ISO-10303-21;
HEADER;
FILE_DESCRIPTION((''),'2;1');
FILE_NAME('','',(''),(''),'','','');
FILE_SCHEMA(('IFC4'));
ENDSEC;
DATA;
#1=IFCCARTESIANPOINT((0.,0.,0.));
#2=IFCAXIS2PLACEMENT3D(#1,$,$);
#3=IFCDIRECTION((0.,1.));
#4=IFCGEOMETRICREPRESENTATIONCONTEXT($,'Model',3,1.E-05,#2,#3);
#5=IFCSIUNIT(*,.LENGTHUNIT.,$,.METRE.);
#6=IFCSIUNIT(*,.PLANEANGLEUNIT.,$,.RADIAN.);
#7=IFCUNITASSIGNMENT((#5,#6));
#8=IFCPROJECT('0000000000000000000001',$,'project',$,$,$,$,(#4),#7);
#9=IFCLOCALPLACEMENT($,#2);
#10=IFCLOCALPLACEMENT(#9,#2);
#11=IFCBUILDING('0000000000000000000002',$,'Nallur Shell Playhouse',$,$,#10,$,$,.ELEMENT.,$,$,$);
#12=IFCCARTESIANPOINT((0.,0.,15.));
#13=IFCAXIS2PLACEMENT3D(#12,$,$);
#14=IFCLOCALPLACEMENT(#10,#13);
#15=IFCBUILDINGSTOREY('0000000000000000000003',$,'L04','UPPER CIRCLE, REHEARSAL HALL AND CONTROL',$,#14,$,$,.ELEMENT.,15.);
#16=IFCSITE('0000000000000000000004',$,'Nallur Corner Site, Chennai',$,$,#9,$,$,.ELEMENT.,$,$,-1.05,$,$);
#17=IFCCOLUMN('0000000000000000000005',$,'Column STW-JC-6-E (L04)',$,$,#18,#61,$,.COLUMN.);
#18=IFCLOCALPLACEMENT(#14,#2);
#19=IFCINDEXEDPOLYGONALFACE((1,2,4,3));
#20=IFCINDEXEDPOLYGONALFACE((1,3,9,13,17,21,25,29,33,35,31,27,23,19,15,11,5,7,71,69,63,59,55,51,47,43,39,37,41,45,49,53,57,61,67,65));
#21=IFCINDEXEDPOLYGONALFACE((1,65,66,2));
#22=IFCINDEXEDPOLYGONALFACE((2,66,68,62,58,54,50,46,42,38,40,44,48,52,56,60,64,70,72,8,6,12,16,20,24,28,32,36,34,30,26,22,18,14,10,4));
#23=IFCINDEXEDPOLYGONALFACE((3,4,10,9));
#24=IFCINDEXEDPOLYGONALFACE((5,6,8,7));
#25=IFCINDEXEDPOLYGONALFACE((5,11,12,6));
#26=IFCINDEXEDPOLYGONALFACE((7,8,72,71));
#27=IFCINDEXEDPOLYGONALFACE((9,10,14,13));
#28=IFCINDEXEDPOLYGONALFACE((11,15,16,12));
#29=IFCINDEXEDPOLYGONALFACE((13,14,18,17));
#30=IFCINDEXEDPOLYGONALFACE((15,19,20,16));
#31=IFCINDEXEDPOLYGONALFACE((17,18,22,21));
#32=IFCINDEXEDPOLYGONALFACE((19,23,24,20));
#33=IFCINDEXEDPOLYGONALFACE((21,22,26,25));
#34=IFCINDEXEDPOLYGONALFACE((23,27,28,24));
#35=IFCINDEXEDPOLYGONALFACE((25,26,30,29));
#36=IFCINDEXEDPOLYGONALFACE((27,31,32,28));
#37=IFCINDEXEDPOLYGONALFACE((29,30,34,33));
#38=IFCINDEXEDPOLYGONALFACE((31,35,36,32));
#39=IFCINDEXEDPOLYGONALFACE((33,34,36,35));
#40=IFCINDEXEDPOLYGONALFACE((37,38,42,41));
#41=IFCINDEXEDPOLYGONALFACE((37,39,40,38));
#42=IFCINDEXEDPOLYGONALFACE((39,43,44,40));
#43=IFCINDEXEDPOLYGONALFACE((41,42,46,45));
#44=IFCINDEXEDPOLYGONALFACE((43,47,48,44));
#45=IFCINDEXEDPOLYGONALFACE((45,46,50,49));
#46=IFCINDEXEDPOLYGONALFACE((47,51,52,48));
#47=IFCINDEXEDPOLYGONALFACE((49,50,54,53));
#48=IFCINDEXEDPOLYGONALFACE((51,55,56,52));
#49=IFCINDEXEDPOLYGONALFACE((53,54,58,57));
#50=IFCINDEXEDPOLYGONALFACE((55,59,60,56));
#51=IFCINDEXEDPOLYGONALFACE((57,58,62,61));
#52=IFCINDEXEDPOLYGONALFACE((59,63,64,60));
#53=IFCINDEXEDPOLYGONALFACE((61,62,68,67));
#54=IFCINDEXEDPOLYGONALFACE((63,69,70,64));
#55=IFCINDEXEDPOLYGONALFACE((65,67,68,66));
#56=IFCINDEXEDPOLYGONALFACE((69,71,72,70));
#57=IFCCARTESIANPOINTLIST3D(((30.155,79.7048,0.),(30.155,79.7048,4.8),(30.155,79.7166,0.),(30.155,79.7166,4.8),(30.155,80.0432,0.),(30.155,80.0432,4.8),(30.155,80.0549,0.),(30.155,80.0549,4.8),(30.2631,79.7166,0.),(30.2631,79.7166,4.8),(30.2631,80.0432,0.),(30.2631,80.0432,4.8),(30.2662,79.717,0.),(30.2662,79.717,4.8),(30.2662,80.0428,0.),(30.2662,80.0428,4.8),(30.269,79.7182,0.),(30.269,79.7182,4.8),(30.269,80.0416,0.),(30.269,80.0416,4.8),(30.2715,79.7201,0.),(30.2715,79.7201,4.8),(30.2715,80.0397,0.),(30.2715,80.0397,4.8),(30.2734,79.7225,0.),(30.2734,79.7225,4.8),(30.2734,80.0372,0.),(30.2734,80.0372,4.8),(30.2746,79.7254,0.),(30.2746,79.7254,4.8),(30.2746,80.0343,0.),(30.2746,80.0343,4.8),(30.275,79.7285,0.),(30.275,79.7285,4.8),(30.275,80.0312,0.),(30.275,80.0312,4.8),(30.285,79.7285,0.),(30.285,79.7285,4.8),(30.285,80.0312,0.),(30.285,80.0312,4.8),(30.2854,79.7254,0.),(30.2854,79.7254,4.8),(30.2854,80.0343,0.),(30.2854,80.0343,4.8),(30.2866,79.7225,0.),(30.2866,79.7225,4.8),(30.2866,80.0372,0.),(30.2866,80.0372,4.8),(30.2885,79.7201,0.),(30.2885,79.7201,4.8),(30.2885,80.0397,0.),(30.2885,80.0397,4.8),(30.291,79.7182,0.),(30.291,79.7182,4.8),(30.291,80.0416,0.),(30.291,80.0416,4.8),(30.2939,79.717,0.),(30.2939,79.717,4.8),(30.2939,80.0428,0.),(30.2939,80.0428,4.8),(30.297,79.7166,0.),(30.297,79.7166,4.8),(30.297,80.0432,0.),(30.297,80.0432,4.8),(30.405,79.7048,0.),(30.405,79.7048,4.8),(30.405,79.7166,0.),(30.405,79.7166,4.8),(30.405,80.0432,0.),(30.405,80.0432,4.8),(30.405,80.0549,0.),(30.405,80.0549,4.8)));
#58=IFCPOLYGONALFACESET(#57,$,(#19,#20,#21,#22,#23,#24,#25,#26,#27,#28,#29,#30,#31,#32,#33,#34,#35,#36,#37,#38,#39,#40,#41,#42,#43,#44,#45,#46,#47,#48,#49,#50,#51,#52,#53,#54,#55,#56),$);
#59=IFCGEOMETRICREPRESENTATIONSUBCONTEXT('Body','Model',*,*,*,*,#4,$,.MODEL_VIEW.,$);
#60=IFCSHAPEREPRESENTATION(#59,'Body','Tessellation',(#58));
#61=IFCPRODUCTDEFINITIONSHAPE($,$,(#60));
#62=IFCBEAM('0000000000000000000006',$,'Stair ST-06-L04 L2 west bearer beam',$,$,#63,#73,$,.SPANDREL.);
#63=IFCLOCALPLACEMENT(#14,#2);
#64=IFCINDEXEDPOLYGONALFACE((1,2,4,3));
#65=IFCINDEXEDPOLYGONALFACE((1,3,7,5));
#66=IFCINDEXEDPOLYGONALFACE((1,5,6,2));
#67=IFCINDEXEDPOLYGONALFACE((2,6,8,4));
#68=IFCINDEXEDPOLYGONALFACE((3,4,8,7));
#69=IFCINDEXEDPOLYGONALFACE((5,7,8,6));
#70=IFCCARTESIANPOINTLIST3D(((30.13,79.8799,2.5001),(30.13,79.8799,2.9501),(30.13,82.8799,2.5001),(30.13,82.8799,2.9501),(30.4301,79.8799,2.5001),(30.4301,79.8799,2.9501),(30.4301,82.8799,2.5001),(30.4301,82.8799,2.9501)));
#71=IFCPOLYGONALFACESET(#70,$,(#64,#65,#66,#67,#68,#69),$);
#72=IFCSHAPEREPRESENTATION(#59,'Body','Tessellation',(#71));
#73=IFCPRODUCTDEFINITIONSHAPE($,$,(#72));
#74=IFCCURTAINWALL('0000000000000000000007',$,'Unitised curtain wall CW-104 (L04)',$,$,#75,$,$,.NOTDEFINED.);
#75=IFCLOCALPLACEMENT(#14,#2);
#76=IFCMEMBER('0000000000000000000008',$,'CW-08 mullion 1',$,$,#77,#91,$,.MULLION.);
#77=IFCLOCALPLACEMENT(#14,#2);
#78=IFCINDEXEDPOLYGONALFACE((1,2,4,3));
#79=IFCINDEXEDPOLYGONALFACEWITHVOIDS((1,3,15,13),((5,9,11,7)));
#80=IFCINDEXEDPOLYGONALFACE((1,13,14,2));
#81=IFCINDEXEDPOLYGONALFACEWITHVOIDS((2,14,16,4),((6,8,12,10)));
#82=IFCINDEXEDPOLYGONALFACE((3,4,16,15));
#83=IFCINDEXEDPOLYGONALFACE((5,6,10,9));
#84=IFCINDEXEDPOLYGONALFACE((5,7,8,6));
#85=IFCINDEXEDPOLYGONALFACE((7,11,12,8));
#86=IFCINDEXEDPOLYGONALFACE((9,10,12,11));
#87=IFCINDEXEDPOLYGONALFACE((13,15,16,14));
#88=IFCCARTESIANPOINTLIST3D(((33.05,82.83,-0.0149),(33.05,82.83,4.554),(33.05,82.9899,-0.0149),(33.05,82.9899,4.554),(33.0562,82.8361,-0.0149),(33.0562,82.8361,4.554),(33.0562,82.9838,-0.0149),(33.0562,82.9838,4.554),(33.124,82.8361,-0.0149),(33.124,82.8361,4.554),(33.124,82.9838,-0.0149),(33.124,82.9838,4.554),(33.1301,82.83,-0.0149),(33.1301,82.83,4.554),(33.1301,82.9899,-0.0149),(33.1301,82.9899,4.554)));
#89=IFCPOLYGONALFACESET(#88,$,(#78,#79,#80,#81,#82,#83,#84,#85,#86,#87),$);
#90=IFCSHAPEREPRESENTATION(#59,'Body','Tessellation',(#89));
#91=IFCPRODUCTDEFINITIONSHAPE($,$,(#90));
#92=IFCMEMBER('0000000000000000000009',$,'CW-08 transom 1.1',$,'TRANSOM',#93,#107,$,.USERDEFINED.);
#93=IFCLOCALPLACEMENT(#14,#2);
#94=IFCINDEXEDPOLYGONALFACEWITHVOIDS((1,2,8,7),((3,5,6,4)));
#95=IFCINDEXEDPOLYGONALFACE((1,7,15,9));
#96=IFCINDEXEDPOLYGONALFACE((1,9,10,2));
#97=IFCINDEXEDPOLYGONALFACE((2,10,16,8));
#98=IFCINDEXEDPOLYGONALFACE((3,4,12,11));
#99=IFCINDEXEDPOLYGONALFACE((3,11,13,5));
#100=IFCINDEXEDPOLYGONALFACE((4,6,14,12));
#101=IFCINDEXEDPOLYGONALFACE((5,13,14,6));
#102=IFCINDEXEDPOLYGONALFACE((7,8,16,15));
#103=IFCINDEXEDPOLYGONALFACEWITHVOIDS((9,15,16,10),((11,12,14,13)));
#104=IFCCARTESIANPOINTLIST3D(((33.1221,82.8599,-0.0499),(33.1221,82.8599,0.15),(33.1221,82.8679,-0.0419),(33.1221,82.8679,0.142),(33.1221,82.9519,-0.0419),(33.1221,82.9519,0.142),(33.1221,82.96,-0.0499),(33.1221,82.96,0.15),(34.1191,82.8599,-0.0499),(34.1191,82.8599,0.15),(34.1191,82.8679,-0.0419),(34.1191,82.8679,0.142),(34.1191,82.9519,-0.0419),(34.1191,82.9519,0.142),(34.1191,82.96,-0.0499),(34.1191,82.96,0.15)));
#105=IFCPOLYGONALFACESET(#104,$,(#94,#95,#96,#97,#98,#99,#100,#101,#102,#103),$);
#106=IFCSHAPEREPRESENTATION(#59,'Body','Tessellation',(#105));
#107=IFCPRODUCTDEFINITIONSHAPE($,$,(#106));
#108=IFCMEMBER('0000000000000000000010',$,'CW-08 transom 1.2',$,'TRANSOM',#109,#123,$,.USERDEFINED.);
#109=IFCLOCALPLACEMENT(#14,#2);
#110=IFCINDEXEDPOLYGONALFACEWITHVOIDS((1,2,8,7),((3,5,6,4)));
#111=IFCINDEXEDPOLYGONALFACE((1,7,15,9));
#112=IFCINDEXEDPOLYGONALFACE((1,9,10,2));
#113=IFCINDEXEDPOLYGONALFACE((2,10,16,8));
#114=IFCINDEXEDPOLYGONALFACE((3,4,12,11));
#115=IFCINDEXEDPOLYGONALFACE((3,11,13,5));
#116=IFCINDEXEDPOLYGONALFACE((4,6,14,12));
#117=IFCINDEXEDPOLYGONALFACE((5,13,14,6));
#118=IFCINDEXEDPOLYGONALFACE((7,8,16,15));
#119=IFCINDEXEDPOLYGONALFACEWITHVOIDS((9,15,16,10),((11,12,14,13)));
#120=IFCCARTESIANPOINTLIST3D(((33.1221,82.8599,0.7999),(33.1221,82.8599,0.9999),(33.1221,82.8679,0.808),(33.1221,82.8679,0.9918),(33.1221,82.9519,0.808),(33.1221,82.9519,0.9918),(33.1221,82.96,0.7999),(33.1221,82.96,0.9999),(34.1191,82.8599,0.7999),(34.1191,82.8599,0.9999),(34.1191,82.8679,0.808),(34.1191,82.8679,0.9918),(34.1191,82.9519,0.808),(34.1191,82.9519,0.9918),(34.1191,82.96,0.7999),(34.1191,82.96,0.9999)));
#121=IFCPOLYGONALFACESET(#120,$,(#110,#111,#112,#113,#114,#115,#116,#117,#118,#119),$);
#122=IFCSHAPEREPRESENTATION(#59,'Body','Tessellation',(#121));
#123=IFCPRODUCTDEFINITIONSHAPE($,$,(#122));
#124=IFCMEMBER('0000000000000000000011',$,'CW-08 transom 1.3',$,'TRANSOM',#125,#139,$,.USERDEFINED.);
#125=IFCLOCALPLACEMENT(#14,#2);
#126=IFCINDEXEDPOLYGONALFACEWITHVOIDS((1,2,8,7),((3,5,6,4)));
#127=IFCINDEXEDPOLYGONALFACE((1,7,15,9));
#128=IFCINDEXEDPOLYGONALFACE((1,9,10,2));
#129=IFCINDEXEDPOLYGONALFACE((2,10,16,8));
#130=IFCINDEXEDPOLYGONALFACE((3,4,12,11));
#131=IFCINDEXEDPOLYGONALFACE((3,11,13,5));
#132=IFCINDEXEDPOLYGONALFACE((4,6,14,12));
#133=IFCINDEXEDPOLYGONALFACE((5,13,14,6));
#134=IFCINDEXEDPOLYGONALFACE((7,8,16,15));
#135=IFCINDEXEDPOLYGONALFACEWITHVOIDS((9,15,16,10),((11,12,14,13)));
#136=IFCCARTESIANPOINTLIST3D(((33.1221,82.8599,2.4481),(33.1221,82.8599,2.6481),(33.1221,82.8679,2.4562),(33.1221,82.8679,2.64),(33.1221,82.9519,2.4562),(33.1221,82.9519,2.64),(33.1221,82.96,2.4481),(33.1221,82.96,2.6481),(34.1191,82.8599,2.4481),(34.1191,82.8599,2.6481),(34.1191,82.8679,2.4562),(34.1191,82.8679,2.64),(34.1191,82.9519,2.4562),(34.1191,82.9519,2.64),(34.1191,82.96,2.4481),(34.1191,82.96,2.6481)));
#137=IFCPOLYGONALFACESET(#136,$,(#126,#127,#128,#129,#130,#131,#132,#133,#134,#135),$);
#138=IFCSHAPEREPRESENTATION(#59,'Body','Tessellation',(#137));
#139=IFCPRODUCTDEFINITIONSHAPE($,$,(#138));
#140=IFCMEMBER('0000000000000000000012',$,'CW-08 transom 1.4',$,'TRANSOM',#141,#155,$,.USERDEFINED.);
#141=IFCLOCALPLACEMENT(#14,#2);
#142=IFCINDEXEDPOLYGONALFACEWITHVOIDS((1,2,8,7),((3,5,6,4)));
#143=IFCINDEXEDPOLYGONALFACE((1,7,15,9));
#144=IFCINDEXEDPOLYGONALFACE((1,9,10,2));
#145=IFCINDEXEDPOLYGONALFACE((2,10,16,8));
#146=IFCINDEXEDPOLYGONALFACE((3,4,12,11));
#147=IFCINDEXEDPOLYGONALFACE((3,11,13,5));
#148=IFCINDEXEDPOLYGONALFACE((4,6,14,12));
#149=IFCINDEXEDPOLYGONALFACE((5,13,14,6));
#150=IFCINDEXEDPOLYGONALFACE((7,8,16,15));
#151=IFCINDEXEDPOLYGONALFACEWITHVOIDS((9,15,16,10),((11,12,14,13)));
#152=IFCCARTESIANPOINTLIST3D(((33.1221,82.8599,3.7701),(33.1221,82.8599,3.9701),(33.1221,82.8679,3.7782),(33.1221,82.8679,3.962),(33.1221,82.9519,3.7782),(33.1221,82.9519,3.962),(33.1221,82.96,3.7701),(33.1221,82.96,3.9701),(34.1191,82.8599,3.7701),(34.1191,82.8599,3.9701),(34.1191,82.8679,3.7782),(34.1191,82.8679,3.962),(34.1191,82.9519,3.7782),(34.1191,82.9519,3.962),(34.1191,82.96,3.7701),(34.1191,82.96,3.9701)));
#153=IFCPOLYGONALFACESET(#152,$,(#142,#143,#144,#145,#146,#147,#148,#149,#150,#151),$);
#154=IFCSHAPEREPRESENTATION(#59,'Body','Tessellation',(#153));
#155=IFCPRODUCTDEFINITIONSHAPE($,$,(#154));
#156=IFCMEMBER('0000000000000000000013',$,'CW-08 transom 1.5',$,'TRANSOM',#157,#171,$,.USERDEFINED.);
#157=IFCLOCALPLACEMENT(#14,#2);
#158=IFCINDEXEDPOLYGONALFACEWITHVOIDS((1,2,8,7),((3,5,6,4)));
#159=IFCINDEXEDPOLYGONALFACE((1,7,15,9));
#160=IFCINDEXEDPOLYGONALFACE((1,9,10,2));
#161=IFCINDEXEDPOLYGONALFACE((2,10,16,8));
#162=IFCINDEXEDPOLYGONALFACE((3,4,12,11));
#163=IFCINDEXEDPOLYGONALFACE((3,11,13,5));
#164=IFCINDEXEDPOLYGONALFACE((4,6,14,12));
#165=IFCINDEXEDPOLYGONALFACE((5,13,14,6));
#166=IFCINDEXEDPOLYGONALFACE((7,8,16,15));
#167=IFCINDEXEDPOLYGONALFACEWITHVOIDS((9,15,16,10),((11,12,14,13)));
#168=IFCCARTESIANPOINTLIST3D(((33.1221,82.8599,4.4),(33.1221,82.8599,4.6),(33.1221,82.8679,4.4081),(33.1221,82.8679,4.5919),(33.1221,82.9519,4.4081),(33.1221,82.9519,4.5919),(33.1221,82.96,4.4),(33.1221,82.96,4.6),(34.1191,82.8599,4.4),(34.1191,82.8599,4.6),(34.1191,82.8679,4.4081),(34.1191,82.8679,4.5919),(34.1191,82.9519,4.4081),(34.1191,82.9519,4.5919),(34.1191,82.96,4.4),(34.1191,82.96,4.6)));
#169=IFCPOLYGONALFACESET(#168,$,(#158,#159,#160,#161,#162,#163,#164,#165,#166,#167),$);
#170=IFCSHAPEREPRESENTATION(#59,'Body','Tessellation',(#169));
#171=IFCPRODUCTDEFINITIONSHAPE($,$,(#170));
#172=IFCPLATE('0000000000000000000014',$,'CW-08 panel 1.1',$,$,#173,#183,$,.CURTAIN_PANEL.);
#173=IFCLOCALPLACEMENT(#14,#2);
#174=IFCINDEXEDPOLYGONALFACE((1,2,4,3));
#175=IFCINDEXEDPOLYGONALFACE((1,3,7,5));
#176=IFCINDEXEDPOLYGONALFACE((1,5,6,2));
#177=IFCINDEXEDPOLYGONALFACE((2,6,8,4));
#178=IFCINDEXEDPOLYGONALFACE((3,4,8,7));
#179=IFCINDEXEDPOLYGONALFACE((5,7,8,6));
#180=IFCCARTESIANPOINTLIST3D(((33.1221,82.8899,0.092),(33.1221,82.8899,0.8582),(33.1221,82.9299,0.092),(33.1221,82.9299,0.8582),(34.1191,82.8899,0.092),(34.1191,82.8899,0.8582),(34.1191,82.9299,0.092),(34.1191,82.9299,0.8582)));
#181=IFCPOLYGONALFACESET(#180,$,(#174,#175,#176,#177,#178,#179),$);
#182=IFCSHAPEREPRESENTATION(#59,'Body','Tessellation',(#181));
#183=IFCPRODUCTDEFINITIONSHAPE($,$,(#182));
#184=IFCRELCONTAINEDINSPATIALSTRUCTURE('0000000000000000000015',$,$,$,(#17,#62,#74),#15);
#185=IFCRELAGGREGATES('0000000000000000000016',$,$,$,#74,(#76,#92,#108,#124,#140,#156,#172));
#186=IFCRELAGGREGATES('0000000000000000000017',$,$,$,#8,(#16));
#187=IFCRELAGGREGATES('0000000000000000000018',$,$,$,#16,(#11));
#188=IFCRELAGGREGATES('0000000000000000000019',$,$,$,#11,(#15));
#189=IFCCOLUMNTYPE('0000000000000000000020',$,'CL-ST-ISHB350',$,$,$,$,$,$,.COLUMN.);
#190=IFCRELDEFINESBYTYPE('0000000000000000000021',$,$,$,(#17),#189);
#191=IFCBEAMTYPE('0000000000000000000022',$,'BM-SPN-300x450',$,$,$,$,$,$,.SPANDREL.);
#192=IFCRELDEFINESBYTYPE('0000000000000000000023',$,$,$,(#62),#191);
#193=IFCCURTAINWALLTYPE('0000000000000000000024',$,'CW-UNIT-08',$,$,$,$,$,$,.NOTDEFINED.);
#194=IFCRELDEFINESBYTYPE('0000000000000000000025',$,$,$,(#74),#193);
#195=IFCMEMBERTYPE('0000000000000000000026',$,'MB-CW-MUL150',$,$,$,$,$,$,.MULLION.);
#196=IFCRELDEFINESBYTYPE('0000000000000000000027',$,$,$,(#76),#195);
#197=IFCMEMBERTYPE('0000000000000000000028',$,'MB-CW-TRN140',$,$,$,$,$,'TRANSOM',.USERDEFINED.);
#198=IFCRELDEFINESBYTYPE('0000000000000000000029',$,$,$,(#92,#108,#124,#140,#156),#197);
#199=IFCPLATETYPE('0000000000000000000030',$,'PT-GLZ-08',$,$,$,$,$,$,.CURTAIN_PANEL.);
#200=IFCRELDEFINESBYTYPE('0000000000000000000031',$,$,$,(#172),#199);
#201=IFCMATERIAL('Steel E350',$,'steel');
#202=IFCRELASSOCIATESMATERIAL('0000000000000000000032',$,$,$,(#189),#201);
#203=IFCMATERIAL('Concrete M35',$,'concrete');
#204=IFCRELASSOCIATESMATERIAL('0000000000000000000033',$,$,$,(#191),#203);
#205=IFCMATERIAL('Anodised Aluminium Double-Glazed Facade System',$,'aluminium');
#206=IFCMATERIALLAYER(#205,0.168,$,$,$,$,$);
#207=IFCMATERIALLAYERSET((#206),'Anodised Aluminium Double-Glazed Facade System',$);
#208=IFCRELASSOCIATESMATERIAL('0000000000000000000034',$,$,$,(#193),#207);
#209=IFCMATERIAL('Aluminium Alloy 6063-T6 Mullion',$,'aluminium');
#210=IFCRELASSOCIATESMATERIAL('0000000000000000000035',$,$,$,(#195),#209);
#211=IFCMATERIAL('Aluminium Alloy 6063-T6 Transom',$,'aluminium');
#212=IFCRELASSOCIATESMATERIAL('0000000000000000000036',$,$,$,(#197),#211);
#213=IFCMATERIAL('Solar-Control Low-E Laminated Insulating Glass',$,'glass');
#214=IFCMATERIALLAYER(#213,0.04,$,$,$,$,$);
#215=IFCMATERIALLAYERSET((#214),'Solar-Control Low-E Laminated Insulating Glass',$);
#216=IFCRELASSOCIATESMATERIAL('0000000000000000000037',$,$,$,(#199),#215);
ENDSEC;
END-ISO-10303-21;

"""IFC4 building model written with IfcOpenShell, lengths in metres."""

from ifc_helpers import new_model, si_unit, direction, frame, origin, origin_2d, place, context, subcontext, project, spatial, rectangle, hollow_rectangle, i_section, extrude, material, layer, layer_set, material_profile, profile_set, type_object, element, aggregate, save


model = new_model("IFC4")

# Units and contexts
model_context = context("Model", 3, precision=1e-05, world=origin(), true_north=direction((0.0, 1.0)))
body_context = subcontext(model_context, "Body", "Model", "MODEL_VIEW")
ifc_project = project(units=[si_unit("LENGTHUNIT", "METRE"), si_unit("PLANEANGLEUNIT", "RADIAN")], contexts=[model_context])

# Site, building, storey
site_placement = place(None, origin())
site = spatial("IfcSite", under=ifc_project, at=site_placement, Name="Nallur Corner Site, Chennai", CompositionType="ELEMENT", RefElevation=-1.05)
building_placement = place(site_placement, origin())
building = spatial("IfcBuilding", under=site, at=building_placement, Name="Nallur Shell Playhouse", CompositionType="ELEMENT")
storey_placement = place(building_placement, frame((0.0, 0.0, 15.0)))
storey = spatial("IfcBuildingStorey", under=building, at=storey_placement, Name="L04", Description="UPPER CIRCLE, REHEARSAL HALL AND CONTROL", CompositionType="ELEMENT", Elevation=15.0)

# Column
ifc_material_1 = material(Name="Steel E350", Category="steel")
ifc_material_profile_1 = material_profile(ifc_material_1, i_section(OverallWidth=0.25, OverallDepth=0.3501, WebThickness=0.01, FlangeThickness=0.0117, FilletRadius=0.012, at=origin_2d()), Name="ISHB 350")
ifc_profile_set_1 = profile_set([ifc_material_profile_1], Name="Steel E350")
column_type = type_object("IfcColumnType", Name="CL-ST-ISHB350", PredefinedType="COLUMN", material=ifc_profile_set_1)
column_placement = place(storey_placement, frame((30.28, 79.8799, 0.0), z_axis=(0.0, 0.0, 1.0), x_axis=(1.0, 0.0, 0.0)))
element("IfcColumn", 1, at=column_placement, inside=storey, type_object=column_type, Name="Column STW-JC-6-E (L04)", PredefinedType="COLUMN", context=body_context, shape_type="SweptSolid", body=[
    extrude(i_section(OverallWidth=0.25, OverallDepth=0.3501, WebThickness=0.01, FlangeThickness=0.0117, FilletRadius=0.012, at=origin_2d()), origin(), (0.0, 0.0, 1.0), 4.8),
])

# Beam
ifc_material_2 = material(Name="Concrete M35", Category="concrete")
ifc_material_profile_2 = material_profile(ifc_material_2, rectangle(XDim=0.3, YDim=0.45, at=origin_2d()), Name="RC 300x450")
ifc_profile_set_2 = profile_set([ifc_material_profile_2], Name="Concrete M35")
beam_type = type_object("IfcBeamType", Name="BM-SPN-300x450", PredefinedType="SPANDREL", material=ifc_profile_set_2)
beam_placement = place(storey_placement, frame((30.28, 79.8799, 2.7251), z_axis=(0.0, 1.0, 0.0), x_axis=(-1.0, 0.0, 0.0)))
element("IfcBeam", 2, at=beam_placement, inside=storey, type_object=beam_type, Name="Stair ST-06-L04 L2 west bearer beam", PredefinedType="SPANDREL", context=body_context, shape_type="SweptSolid", body=[
    extrude(rectangle(XDim=0.3, YDim=0.45, at=origin_2d()), origin(), (0.0, 0.0, 1.0), 3.0),
])

# Curtain wall, members, plate
ifc_material_3 = material(Name="Anodised Aluminium Double-Glazed Facade System", Category="aluminium")
ifc_layer_1 = layer(ifc_material_3, 0.168)
ifc_layer_set_1 = layer_set([ifc_layer_1], Name="Anodised Aluminium Double-Glazed Facade System")
curtain_wall_type = type_object("IfcCurtainWallType", Name="CW-UNIT-08", PredefinedType="NOTDEFINED", material=ifc_layer_set_1)
curtain_wall_placement = place(storey_placement, origin())
curtain_wall = element("IfcCurtainWall", 3, at=curtain_wall_placement, inside=storey, type_object=curtain_wall_type, Name="Unitised curtain wall CW-104 (L04)", PredefinedType="NOTDEFINED")
ifc_material_4 = material(Name="Aluminium Alloy 6063-T6 Mullion", Category="aluminium")
ifc_material_profile_3 = material_profile(ifc_material_4, hollow_rectangle(XDim=0.0801, YDim=0.1599, WallThickness=0.0061, at=origin_2d()), Name="RHS 160x80x6")
ifc_profile_set_3 = profile_set([ifc_material_profile_3], Name="Aluminium Alloy 6063-T6 Mullion")
member_type_1 = type_object("IfcMemberType", Name="MB-CW-MUL150", PredefinedType="MULLION", material=ifc_profile_set_3)
member_1_placement = place(storey_placement, frame((33.0901, 82.9099, -0.0149), z_axis=(0.0, 0.0, 1.0), x_axis=(1.0, 0.0, 0.0)))
member_1 = element("IfcMember", 4, at=member_1_placement, type_object=member_type_1, Name="CW-08 mullion 1", PredefinedType="MULLION", context=body_context, shape_type="SweptSolid", body=[
    extrude(hollow_rectangle(XDim=0.0801, YDim=0.1599, WallThickness=0.0061, at=origin_2d()), origin(), (0.0, 0.0, 1.0), 4.5688),
])
ifc_material_5 = material(Name="Aluminium Alloy 6063-T6 Transom", Category="aluminium")
ifc_material_profile_4 = material_profile(ifc_material_5, hollow_rectangle(XDim=0.1001, YDim=0.2, WallThickness=0.0081, at=origin_2d()), Name="RHS 200x100x8")
ifc_profile_set_4 = profile_set([ifc_material_profile_4], Name="Aluminium Alloy 6063-T6 Transom")
member_type_2 = type_object("IfcMemberType", Name="MB-CW-TRN140", ElementType="TRANSOM", PredefinedType="USERDEFINED", material=ifc_profile_set_4)
member_2_placement = place(storey_placement, frame((33.1221, 82.9099, 0.05), z_axis=(1.0, 0.0, 0.0), x_axis=(0.0, 1.0, 0.0)))
member_2 = element("IfcMember", 5, at=member_2_placement, type_object=member_type_2, Name="CW-08 transom 1.1", ObjectType="TRANSOM", PredefinedType="USERDEFINED", context=body_context, shape_type="SweptSolid", body=[
    extrude(hollow_rectangle(XDim=0.1001, YDim=0.2, WallThickness=0.0081, at=origin_2d()), origin(), (0.0, 0.0, 1.0), 0.9971),
])
member_3_placement = place(storey_placement, frame((33.1221, 82.9099, 0.8999), z_axis=(1.0, 0.0, 0.0), x_axis=(0.0, 1.0, 0.0)))
member_3 = element("IfcMember", 6, at=member_3_placement, type_object=member_type_2, Name="CW-08 transom 1.2", ObjectType="TRANSOM", PredefinedType="USERDEFINED", context=body_context, shape_type="SweptSolid", body=[
    extrude(hollow_rectangle(XDim=0.1001, YDim=0.2, WallThickness=0.0081, at=origin_2d()), origin(), (0.0, 0.0, 1.0), 0.9971),
])
member_4_placement = place(storey_placement, frame((33.1221, 82.9099, 2.5481), z_axis=(1.0, 0.0, 0.0), x_axis=(0.0, 1.0, 0.0)))
member_4 = element("IfcMember", 7, at=member_4_placement, type_object=member_type_2, Name="CW-08 transom 1.3", ObjectType="TRANSOM", PredefinedType="USERDEFINED", context=body_context, shape_type="SweptSolid", body=[
    extrude(hollow_rectangle(XDim=0.1001, YDim=0.2, WallThickness=0.0081, at=origin_2d()), origin(), (0.0, 0.0, 1.0), 0.9971),
])
member_5_placement = place(storey_placement, frame((33.1221, 82.9099, 3.8701), z_axis=(1.0, 0.0, 0.0), x_axis=(0.0, 1.0, 0.0)))
member_5 = element("IfcMember", 8, at=member_5_placement, type_object=member_type_2, Name="CW-08 transom 1.4", ObjectType="TRANSOM", PredefinedType="USERDEFINED", context=body_context, shape_type="SweptSolid", body=[
    extrude(hollow_rectangle(XDim=0.1001, YDim=0.2, WallThickness=0.0081, at=origin_2d()), origin(), (0.0, 0.0, 1.0), 0.9971),
])
member_6_placement = place(storey_placement, frame((33.1221, 82.9099, 4.5), z_axis=(1.0, 0.0, 0.0), x_axis=(0.0, 1.0, 0.0)))
member_6 = element("IfcMember", 9, at=member_6_placement, type_object=member_type_2, Name="CW-08 transom 1.5", ObjectType="TRANSOM", PredefinedType="USERDEFINED", context=body_context, shape_type="SweptSolid", body=[
    extrude(hollow_rectangle(XDim=0.1001, YDim=0.2, WallThickness=0.0081, at=origin_2d()), origin(), (0.0, 0.0, 1.0), 0.9971),
])
ifc_material_6 = material(Name="Solar-Control Low-E Laminated Insulating Glass", Category="glass")
ifc_layer_2 = layer(ifc_material_6, 0.04)
ifc_layer_set_2 = layer_set([ifc_layer_2], Name="Solar-Control Low-E Laminated Insulating Glass")
plate_type = type_object("IfcPlateType", Name="PT-GLZ-08", PredefinedType="CURTAIN_PANEL", material=ifc_layer_set_2)
plate_1_placement = place(storey_placement, frame((33.6206, 82.9099, 0.092), z_axis=(0.0, 0.0, 1.0), x_axis=(1.0, 0.0, 0.0)))
plate_1 = element("IfcPlate", 10, at=plate_1_placement, type_object=plate_type, Name="CW-08 panel 1.1", PredefinedType="CURTAIN_PANEL", context=body_context, shape_type="SweptSolid", body=[
    extrude(rectangle(XDim=0.9971, YDim=0.04, at=origin_2d()), origin(), (0.0, 0.0, 1.0), 0.7661),
])
aggregate(curtain_wall, [member_1, member_2, member_3, member_4, member_5, member_6, plate_1])

save(model, "model.ifc")
